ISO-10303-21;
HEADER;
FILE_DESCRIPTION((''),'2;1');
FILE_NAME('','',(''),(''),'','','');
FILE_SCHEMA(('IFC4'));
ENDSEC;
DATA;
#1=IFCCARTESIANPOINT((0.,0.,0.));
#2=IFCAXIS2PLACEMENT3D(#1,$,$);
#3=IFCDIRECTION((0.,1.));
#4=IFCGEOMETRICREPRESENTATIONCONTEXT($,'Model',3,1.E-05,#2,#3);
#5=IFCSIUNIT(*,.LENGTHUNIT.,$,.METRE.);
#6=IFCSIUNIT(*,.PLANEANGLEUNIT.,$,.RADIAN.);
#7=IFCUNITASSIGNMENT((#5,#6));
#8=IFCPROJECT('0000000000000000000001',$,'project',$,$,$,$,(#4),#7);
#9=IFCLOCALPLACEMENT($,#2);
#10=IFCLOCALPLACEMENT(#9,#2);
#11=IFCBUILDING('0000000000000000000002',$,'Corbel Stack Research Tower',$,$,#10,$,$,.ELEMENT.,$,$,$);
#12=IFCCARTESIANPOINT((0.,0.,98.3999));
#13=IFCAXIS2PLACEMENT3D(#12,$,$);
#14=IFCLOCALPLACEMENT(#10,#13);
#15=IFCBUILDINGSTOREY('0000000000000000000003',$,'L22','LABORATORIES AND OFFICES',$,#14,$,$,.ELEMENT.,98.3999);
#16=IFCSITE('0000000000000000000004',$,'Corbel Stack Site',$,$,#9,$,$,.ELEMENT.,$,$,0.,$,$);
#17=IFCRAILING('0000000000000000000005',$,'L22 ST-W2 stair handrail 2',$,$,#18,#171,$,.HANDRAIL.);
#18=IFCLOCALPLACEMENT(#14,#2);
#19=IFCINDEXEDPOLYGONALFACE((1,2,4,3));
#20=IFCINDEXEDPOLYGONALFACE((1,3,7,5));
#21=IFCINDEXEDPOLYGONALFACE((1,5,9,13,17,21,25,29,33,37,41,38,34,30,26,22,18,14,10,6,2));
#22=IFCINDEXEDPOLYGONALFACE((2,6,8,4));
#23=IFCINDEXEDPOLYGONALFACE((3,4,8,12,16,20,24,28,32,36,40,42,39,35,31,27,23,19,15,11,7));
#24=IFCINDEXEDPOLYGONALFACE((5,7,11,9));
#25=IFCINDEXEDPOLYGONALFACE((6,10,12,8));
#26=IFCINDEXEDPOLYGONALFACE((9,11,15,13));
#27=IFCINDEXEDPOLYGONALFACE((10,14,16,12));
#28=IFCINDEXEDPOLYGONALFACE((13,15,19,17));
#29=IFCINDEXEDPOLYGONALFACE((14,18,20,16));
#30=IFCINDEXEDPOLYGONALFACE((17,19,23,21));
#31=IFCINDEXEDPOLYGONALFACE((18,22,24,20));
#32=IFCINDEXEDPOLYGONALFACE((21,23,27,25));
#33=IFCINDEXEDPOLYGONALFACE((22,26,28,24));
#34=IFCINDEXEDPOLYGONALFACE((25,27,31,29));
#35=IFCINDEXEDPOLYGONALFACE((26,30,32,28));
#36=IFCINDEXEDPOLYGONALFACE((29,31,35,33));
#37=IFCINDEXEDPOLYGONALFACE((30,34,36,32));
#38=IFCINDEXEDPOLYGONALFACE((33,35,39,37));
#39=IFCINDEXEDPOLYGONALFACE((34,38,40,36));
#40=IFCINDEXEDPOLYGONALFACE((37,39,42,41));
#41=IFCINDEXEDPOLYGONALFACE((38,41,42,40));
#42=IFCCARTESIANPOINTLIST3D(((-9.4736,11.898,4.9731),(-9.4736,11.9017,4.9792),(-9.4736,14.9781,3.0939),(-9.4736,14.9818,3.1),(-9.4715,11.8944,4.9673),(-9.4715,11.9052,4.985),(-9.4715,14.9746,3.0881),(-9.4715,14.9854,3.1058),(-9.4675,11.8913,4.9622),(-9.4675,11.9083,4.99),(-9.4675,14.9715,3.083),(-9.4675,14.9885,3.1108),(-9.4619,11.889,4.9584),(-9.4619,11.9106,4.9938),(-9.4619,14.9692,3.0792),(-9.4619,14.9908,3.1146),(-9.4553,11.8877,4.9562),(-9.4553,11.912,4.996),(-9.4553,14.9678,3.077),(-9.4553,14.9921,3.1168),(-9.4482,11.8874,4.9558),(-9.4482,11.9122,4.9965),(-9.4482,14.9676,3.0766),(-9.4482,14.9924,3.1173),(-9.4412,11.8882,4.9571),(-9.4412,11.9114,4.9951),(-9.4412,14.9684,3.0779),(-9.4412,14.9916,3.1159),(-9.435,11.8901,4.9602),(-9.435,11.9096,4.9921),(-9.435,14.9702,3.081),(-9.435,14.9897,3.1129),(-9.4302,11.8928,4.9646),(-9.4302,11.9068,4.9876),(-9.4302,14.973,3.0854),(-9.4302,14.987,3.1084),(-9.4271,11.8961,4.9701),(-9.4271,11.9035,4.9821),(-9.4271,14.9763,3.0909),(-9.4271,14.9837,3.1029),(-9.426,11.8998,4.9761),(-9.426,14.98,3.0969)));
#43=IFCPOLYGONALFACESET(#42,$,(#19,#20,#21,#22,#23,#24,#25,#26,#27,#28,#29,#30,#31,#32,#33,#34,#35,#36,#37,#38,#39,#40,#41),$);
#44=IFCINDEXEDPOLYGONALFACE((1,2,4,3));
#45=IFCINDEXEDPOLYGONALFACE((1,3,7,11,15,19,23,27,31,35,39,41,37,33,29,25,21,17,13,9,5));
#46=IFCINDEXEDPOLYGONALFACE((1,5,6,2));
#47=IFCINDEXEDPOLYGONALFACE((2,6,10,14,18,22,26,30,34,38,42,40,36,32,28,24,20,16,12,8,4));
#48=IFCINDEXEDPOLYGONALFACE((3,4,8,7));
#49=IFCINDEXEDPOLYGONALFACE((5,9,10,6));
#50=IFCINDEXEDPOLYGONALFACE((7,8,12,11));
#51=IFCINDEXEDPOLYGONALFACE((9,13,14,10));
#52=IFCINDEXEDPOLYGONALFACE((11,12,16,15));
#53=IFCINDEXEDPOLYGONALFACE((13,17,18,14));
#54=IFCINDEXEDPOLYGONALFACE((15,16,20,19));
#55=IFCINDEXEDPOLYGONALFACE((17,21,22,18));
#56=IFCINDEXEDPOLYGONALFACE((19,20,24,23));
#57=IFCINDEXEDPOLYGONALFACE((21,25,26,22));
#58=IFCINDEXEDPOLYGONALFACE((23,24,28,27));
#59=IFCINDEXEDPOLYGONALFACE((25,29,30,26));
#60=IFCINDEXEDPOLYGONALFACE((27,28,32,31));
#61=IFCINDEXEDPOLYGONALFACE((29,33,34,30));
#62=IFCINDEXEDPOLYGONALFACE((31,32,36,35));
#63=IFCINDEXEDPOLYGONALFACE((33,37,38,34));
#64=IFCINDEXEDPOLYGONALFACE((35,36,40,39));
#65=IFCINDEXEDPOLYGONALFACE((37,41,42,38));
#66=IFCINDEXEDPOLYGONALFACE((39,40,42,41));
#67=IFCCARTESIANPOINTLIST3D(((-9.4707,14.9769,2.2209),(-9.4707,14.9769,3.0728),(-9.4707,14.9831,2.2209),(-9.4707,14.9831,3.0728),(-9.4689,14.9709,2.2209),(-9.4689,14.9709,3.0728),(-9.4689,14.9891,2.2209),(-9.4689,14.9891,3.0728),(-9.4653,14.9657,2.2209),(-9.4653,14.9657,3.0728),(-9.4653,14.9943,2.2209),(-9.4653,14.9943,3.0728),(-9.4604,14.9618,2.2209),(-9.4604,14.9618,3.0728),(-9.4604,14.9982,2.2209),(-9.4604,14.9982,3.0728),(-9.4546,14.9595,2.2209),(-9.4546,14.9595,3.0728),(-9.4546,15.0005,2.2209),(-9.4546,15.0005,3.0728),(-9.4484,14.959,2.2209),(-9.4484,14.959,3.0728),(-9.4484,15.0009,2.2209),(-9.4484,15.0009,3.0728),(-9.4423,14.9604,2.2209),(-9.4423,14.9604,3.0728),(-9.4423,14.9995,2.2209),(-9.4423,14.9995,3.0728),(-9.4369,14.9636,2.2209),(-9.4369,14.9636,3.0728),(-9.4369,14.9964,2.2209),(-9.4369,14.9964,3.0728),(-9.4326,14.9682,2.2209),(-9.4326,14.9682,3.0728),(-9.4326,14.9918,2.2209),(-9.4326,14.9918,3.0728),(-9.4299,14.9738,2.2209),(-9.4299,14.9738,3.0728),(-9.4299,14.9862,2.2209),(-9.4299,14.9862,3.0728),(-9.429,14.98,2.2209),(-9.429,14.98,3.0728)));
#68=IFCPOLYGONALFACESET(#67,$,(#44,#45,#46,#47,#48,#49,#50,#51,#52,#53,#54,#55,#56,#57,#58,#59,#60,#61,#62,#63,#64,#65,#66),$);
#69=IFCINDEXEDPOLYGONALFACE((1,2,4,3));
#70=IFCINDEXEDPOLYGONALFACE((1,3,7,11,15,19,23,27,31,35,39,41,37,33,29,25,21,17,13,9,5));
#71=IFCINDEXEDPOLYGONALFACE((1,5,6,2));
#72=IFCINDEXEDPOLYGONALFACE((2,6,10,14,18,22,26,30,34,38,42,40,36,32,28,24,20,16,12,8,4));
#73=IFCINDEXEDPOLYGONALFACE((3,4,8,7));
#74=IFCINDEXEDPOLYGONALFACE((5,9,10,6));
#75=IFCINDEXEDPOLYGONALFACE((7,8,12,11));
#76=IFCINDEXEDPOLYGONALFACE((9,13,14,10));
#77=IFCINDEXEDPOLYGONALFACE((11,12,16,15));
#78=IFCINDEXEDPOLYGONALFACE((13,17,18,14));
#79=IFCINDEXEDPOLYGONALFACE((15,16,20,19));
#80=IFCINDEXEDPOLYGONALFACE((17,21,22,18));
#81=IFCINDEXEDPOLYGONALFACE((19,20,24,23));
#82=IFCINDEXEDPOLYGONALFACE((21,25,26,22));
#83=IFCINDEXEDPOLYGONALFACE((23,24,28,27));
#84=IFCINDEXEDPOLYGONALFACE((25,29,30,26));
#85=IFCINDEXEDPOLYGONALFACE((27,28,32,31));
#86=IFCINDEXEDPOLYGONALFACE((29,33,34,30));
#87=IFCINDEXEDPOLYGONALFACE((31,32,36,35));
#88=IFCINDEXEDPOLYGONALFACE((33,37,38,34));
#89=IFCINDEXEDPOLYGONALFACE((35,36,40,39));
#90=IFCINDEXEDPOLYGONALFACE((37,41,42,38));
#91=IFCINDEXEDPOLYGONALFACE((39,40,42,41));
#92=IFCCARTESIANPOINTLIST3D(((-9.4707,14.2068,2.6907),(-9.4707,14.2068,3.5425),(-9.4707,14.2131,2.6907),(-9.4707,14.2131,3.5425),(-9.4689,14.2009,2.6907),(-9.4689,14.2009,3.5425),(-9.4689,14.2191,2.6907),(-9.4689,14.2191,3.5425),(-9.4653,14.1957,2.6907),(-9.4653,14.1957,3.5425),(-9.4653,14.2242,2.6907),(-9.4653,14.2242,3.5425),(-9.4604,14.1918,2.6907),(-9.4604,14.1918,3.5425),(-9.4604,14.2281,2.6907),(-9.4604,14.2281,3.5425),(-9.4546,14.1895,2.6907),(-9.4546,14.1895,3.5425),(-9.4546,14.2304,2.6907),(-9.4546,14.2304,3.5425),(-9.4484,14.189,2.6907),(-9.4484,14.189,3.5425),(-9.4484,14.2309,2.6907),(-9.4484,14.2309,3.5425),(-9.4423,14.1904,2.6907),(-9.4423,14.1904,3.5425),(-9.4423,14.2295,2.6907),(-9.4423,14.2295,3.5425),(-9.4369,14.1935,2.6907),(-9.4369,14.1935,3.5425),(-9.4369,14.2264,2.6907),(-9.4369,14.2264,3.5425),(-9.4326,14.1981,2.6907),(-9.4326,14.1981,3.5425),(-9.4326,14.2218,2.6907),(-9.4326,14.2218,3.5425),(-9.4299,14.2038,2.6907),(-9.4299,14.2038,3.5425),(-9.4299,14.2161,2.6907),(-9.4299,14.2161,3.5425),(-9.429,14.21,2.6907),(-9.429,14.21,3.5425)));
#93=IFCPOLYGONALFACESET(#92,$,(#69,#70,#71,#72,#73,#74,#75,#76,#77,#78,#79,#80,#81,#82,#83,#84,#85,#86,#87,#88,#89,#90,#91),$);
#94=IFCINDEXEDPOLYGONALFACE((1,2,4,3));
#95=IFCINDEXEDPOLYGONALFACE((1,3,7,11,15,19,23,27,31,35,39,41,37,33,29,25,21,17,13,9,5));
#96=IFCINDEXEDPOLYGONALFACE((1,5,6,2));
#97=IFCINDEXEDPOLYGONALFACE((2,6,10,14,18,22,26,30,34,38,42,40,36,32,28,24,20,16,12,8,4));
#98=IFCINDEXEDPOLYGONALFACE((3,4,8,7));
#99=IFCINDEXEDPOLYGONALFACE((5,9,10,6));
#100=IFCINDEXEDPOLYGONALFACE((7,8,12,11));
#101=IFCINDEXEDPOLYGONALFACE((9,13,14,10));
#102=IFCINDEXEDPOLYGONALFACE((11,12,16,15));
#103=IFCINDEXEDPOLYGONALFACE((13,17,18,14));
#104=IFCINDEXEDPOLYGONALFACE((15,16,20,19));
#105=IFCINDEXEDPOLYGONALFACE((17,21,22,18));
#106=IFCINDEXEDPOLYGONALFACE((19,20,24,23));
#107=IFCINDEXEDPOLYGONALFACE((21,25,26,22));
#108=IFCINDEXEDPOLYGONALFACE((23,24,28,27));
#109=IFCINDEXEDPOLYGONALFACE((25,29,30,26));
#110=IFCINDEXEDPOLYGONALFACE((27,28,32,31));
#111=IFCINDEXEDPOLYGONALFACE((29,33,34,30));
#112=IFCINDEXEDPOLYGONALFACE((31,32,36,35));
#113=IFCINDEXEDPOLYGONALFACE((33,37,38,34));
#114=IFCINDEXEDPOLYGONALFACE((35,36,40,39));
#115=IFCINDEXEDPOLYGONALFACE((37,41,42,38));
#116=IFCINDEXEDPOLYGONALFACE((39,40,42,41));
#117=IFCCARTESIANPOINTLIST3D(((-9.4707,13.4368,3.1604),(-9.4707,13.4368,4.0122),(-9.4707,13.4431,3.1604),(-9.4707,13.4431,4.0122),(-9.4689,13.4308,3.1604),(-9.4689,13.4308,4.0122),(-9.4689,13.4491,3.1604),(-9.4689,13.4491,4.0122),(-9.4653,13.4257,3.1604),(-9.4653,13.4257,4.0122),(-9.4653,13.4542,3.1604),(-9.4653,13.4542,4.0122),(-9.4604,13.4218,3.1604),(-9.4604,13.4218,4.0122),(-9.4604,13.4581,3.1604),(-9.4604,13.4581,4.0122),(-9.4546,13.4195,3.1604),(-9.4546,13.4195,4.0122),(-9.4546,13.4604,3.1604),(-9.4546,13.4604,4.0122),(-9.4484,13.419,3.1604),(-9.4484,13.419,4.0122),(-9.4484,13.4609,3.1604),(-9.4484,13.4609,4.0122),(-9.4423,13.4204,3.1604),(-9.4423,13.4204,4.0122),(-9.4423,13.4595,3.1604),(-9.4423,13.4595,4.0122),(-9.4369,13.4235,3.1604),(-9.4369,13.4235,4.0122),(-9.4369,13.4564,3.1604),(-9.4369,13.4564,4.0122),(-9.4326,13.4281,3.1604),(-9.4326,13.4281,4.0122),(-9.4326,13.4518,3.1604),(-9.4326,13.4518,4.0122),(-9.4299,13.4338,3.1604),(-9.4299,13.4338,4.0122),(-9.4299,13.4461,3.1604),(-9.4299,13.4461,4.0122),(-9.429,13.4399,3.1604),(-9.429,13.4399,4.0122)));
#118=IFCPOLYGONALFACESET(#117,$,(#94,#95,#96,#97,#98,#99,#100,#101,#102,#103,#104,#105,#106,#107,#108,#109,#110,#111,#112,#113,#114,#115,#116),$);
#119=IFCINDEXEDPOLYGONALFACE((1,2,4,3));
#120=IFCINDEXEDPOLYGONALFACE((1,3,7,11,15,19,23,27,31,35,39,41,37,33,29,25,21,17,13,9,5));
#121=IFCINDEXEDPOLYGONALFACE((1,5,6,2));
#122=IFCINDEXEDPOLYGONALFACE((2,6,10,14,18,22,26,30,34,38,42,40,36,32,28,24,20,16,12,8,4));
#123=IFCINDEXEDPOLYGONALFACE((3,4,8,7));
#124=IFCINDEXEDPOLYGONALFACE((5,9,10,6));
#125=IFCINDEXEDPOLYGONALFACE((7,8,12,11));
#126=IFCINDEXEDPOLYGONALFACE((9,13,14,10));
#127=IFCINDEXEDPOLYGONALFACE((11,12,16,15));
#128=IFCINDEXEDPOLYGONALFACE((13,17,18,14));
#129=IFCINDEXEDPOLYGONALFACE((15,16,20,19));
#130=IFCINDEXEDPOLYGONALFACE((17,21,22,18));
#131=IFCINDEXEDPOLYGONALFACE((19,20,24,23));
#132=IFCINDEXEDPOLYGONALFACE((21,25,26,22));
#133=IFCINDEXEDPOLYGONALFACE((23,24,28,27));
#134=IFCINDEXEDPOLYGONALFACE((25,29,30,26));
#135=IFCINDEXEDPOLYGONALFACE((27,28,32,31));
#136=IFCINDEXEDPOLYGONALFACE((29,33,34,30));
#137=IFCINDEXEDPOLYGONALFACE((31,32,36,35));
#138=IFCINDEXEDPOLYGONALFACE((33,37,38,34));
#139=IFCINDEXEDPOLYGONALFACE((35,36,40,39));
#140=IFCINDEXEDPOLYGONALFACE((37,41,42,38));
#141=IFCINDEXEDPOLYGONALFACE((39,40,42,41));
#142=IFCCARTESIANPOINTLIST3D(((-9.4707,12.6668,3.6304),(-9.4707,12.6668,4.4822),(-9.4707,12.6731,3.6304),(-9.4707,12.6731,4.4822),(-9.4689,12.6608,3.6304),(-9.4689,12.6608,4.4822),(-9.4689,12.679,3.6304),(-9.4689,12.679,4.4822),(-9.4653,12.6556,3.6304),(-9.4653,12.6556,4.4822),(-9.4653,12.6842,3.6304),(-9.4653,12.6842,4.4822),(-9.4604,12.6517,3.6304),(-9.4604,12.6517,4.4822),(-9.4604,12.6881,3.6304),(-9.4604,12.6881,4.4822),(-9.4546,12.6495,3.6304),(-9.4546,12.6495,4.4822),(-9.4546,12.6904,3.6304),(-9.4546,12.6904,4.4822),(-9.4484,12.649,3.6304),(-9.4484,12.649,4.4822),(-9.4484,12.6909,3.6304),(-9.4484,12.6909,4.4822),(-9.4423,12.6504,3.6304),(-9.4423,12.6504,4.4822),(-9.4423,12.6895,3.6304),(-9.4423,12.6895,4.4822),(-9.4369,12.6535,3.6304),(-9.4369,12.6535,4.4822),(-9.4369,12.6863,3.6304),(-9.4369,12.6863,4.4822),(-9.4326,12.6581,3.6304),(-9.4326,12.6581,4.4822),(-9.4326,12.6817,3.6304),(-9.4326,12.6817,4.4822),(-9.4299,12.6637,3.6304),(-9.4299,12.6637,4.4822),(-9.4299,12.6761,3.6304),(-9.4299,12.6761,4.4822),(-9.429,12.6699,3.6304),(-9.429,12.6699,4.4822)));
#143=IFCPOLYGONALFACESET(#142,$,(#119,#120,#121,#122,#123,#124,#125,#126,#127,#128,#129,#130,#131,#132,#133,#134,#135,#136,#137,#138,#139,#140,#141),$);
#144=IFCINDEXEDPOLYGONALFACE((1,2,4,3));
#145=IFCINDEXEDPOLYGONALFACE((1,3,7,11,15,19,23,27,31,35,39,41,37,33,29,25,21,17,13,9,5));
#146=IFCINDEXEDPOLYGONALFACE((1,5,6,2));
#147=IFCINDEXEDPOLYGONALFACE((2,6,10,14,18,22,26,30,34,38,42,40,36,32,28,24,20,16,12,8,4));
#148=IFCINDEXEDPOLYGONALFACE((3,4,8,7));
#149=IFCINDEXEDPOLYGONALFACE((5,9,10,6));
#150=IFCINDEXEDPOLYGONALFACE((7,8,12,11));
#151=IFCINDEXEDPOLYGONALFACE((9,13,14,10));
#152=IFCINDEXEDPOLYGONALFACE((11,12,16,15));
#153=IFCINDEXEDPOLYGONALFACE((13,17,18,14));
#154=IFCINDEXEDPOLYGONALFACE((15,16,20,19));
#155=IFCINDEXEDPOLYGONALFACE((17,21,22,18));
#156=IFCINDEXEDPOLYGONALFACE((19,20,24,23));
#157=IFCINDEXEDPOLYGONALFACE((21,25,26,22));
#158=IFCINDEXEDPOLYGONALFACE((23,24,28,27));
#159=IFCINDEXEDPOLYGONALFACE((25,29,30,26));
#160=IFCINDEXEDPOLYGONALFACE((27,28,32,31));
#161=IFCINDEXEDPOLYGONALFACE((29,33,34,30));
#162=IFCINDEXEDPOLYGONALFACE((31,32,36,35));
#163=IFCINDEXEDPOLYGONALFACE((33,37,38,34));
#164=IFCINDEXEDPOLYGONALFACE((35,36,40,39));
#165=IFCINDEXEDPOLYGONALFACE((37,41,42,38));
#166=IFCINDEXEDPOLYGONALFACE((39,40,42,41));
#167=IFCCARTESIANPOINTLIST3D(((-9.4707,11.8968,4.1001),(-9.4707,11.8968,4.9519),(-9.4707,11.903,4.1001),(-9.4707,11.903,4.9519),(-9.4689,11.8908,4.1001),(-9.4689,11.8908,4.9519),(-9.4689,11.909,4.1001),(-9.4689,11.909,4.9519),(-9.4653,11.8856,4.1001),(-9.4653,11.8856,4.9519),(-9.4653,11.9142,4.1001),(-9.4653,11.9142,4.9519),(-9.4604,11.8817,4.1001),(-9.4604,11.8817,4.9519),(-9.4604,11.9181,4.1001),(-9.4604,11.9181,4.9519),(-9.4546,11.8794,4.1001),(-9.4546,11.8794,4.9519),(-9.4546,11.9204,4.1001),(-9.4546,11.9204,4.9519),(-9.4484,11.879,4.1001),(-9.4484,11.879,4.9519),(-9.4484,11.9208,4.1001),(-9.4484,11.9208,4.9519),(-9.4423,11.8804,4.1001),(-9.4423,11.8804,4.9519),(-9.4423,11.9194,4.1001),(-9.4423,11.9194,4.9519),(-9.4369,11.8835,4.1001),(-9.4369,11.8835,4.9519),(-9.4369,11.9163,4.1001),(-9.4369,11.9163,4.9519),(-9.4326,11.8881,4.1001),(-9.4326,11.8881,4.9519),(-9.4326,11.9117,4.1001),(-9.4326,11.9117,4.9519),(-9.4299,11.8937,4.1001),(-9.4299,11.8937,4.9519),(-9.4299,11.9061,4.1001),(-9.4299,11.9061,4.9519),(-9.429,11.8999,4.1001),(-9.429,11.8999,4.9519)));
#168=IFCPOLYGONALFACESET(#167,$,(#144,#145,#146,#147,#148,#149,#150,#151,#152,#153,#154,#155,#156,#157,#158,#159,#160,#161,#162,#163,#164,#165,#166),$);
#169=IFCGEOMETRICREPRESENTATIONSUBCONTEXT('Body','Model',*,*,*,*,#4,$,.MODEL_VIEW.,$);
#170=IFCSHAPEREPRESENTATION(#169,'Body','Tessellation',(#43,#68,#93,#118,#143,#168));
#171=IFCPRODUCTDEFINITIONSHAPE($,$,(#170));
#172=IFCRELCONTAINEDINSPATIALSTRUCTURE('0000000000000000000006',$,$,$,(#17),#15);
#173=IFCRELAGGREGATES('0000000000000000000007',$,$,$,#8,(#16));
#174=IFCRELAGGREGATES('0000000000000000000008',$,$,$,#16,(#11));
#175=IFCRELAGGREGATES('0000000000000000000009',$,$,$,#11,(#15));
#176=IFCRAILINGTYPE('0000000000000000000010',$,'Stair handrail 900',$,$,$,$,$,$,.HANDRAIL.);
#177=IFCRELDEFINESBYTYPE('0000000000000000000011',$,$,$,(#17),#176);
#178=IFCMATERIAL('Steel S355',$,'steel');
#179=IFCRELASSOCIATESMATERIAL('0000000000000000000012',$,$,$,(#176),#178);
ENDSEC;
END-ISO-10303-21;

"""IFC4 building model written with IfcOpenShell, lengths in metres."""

from ifc_helpers import new_model, si_unit, direction, frame, origin, origin_2d, place, context, subcontext, project, spatial, circle, extrude, material, type_object, element, save


model = new_model("IFC4")

# Units and contexts
model_context = context("Model", 3, precision=1e-05, world=origin(), true_north=direction((0.0, 1.0)))
body_context = subcontext(model_context, "Body", "Model", "MODEL_VIEW")
ifc_project = project(units=[si_unit("LENGTHUNIT", "METRE"), si_unit("PLANEANGLEUNIT", "RADIAN")], contexts=[model_context])

# Site, building, storey
site_placement = place(None, origin())
site = spatial("IfcSite", under=ifc_project, at=site_placement, Name="Corbel Stack Site", CompositionType="ELEMENT", RefElevation=0.0)
building_placement = place(site_placement, origin())
building = spatial("IfcBuilding", under=site, at=building_placement, Name="Corbel Stack Research Tower", CompositionType="ELEMENT")
storey_placement = place(building_placement, frame((0.0, 0.0, 98.3999)))
storey = spatial("IfcBuildingStorey", under=building, at=storey_placement, Name="L22", Description="LABORATORIES AND OFFICES", CompositionType="ELEMENT", Elevation=98.3999)

# Railing
ifc_material_1 = material(Name="Steel S355", Category="steel")
railing_type_1 = type_object("IfcRailingType", Name="Stair handrail 900", PredefinedType="HANDRAIL", material=ifc_material_1)
railing_1_placement = place(storey_placement, frame((-9.45, 14.98, 2.2209)))
element("IfcRailing", 1, at=railing_1_placement, inside=storey, type_object=railing_type_1, Name="L22 ST-W2 stair handrail 2", PredefinedType="HANDRAIL", context=body_context, shape_type="SweptSolid", body=[
    extrude(circle(Radius=0.0239, at=origin_2d()), frame((0.0, 0.0, 0.876), z_axis=(0.0, -0.853666, 0.52082), x_axis=(1.0, 0.0, 0.0)), (0.0, 0.0, 1.0), 3.6082),
    extrude(circle(Radius=0.021, at=origin_2d()), origin(), (0.0, 0.0, 1.0), 0.8518),
    extrude(circle(Radius=0.021, at=origin_2d()), frame((0.0, -0.77, 0.4697)), (0.0, 0.0, 1.0), 0.8518),
    extrude(circle(Radius=0.021, at=origin_2d()), frame((0.0, -1.54, 0.9395)), (0.0, 0.0, 1.0), 0.8518),
    extrude(circle(Radius=0.021, at=origin_2d()), frame((0.0, -2.3101, 1.4094)), (0.0, 0.0, 1.0), 0.8518),
    extrude(circle(Radius=0.021, at=origin_2d()), frame((0.0, -3.0801, 1.8792)), (0.0, 0.0, 1.0), 0.8518),
])

save(model, "model.ifc")
